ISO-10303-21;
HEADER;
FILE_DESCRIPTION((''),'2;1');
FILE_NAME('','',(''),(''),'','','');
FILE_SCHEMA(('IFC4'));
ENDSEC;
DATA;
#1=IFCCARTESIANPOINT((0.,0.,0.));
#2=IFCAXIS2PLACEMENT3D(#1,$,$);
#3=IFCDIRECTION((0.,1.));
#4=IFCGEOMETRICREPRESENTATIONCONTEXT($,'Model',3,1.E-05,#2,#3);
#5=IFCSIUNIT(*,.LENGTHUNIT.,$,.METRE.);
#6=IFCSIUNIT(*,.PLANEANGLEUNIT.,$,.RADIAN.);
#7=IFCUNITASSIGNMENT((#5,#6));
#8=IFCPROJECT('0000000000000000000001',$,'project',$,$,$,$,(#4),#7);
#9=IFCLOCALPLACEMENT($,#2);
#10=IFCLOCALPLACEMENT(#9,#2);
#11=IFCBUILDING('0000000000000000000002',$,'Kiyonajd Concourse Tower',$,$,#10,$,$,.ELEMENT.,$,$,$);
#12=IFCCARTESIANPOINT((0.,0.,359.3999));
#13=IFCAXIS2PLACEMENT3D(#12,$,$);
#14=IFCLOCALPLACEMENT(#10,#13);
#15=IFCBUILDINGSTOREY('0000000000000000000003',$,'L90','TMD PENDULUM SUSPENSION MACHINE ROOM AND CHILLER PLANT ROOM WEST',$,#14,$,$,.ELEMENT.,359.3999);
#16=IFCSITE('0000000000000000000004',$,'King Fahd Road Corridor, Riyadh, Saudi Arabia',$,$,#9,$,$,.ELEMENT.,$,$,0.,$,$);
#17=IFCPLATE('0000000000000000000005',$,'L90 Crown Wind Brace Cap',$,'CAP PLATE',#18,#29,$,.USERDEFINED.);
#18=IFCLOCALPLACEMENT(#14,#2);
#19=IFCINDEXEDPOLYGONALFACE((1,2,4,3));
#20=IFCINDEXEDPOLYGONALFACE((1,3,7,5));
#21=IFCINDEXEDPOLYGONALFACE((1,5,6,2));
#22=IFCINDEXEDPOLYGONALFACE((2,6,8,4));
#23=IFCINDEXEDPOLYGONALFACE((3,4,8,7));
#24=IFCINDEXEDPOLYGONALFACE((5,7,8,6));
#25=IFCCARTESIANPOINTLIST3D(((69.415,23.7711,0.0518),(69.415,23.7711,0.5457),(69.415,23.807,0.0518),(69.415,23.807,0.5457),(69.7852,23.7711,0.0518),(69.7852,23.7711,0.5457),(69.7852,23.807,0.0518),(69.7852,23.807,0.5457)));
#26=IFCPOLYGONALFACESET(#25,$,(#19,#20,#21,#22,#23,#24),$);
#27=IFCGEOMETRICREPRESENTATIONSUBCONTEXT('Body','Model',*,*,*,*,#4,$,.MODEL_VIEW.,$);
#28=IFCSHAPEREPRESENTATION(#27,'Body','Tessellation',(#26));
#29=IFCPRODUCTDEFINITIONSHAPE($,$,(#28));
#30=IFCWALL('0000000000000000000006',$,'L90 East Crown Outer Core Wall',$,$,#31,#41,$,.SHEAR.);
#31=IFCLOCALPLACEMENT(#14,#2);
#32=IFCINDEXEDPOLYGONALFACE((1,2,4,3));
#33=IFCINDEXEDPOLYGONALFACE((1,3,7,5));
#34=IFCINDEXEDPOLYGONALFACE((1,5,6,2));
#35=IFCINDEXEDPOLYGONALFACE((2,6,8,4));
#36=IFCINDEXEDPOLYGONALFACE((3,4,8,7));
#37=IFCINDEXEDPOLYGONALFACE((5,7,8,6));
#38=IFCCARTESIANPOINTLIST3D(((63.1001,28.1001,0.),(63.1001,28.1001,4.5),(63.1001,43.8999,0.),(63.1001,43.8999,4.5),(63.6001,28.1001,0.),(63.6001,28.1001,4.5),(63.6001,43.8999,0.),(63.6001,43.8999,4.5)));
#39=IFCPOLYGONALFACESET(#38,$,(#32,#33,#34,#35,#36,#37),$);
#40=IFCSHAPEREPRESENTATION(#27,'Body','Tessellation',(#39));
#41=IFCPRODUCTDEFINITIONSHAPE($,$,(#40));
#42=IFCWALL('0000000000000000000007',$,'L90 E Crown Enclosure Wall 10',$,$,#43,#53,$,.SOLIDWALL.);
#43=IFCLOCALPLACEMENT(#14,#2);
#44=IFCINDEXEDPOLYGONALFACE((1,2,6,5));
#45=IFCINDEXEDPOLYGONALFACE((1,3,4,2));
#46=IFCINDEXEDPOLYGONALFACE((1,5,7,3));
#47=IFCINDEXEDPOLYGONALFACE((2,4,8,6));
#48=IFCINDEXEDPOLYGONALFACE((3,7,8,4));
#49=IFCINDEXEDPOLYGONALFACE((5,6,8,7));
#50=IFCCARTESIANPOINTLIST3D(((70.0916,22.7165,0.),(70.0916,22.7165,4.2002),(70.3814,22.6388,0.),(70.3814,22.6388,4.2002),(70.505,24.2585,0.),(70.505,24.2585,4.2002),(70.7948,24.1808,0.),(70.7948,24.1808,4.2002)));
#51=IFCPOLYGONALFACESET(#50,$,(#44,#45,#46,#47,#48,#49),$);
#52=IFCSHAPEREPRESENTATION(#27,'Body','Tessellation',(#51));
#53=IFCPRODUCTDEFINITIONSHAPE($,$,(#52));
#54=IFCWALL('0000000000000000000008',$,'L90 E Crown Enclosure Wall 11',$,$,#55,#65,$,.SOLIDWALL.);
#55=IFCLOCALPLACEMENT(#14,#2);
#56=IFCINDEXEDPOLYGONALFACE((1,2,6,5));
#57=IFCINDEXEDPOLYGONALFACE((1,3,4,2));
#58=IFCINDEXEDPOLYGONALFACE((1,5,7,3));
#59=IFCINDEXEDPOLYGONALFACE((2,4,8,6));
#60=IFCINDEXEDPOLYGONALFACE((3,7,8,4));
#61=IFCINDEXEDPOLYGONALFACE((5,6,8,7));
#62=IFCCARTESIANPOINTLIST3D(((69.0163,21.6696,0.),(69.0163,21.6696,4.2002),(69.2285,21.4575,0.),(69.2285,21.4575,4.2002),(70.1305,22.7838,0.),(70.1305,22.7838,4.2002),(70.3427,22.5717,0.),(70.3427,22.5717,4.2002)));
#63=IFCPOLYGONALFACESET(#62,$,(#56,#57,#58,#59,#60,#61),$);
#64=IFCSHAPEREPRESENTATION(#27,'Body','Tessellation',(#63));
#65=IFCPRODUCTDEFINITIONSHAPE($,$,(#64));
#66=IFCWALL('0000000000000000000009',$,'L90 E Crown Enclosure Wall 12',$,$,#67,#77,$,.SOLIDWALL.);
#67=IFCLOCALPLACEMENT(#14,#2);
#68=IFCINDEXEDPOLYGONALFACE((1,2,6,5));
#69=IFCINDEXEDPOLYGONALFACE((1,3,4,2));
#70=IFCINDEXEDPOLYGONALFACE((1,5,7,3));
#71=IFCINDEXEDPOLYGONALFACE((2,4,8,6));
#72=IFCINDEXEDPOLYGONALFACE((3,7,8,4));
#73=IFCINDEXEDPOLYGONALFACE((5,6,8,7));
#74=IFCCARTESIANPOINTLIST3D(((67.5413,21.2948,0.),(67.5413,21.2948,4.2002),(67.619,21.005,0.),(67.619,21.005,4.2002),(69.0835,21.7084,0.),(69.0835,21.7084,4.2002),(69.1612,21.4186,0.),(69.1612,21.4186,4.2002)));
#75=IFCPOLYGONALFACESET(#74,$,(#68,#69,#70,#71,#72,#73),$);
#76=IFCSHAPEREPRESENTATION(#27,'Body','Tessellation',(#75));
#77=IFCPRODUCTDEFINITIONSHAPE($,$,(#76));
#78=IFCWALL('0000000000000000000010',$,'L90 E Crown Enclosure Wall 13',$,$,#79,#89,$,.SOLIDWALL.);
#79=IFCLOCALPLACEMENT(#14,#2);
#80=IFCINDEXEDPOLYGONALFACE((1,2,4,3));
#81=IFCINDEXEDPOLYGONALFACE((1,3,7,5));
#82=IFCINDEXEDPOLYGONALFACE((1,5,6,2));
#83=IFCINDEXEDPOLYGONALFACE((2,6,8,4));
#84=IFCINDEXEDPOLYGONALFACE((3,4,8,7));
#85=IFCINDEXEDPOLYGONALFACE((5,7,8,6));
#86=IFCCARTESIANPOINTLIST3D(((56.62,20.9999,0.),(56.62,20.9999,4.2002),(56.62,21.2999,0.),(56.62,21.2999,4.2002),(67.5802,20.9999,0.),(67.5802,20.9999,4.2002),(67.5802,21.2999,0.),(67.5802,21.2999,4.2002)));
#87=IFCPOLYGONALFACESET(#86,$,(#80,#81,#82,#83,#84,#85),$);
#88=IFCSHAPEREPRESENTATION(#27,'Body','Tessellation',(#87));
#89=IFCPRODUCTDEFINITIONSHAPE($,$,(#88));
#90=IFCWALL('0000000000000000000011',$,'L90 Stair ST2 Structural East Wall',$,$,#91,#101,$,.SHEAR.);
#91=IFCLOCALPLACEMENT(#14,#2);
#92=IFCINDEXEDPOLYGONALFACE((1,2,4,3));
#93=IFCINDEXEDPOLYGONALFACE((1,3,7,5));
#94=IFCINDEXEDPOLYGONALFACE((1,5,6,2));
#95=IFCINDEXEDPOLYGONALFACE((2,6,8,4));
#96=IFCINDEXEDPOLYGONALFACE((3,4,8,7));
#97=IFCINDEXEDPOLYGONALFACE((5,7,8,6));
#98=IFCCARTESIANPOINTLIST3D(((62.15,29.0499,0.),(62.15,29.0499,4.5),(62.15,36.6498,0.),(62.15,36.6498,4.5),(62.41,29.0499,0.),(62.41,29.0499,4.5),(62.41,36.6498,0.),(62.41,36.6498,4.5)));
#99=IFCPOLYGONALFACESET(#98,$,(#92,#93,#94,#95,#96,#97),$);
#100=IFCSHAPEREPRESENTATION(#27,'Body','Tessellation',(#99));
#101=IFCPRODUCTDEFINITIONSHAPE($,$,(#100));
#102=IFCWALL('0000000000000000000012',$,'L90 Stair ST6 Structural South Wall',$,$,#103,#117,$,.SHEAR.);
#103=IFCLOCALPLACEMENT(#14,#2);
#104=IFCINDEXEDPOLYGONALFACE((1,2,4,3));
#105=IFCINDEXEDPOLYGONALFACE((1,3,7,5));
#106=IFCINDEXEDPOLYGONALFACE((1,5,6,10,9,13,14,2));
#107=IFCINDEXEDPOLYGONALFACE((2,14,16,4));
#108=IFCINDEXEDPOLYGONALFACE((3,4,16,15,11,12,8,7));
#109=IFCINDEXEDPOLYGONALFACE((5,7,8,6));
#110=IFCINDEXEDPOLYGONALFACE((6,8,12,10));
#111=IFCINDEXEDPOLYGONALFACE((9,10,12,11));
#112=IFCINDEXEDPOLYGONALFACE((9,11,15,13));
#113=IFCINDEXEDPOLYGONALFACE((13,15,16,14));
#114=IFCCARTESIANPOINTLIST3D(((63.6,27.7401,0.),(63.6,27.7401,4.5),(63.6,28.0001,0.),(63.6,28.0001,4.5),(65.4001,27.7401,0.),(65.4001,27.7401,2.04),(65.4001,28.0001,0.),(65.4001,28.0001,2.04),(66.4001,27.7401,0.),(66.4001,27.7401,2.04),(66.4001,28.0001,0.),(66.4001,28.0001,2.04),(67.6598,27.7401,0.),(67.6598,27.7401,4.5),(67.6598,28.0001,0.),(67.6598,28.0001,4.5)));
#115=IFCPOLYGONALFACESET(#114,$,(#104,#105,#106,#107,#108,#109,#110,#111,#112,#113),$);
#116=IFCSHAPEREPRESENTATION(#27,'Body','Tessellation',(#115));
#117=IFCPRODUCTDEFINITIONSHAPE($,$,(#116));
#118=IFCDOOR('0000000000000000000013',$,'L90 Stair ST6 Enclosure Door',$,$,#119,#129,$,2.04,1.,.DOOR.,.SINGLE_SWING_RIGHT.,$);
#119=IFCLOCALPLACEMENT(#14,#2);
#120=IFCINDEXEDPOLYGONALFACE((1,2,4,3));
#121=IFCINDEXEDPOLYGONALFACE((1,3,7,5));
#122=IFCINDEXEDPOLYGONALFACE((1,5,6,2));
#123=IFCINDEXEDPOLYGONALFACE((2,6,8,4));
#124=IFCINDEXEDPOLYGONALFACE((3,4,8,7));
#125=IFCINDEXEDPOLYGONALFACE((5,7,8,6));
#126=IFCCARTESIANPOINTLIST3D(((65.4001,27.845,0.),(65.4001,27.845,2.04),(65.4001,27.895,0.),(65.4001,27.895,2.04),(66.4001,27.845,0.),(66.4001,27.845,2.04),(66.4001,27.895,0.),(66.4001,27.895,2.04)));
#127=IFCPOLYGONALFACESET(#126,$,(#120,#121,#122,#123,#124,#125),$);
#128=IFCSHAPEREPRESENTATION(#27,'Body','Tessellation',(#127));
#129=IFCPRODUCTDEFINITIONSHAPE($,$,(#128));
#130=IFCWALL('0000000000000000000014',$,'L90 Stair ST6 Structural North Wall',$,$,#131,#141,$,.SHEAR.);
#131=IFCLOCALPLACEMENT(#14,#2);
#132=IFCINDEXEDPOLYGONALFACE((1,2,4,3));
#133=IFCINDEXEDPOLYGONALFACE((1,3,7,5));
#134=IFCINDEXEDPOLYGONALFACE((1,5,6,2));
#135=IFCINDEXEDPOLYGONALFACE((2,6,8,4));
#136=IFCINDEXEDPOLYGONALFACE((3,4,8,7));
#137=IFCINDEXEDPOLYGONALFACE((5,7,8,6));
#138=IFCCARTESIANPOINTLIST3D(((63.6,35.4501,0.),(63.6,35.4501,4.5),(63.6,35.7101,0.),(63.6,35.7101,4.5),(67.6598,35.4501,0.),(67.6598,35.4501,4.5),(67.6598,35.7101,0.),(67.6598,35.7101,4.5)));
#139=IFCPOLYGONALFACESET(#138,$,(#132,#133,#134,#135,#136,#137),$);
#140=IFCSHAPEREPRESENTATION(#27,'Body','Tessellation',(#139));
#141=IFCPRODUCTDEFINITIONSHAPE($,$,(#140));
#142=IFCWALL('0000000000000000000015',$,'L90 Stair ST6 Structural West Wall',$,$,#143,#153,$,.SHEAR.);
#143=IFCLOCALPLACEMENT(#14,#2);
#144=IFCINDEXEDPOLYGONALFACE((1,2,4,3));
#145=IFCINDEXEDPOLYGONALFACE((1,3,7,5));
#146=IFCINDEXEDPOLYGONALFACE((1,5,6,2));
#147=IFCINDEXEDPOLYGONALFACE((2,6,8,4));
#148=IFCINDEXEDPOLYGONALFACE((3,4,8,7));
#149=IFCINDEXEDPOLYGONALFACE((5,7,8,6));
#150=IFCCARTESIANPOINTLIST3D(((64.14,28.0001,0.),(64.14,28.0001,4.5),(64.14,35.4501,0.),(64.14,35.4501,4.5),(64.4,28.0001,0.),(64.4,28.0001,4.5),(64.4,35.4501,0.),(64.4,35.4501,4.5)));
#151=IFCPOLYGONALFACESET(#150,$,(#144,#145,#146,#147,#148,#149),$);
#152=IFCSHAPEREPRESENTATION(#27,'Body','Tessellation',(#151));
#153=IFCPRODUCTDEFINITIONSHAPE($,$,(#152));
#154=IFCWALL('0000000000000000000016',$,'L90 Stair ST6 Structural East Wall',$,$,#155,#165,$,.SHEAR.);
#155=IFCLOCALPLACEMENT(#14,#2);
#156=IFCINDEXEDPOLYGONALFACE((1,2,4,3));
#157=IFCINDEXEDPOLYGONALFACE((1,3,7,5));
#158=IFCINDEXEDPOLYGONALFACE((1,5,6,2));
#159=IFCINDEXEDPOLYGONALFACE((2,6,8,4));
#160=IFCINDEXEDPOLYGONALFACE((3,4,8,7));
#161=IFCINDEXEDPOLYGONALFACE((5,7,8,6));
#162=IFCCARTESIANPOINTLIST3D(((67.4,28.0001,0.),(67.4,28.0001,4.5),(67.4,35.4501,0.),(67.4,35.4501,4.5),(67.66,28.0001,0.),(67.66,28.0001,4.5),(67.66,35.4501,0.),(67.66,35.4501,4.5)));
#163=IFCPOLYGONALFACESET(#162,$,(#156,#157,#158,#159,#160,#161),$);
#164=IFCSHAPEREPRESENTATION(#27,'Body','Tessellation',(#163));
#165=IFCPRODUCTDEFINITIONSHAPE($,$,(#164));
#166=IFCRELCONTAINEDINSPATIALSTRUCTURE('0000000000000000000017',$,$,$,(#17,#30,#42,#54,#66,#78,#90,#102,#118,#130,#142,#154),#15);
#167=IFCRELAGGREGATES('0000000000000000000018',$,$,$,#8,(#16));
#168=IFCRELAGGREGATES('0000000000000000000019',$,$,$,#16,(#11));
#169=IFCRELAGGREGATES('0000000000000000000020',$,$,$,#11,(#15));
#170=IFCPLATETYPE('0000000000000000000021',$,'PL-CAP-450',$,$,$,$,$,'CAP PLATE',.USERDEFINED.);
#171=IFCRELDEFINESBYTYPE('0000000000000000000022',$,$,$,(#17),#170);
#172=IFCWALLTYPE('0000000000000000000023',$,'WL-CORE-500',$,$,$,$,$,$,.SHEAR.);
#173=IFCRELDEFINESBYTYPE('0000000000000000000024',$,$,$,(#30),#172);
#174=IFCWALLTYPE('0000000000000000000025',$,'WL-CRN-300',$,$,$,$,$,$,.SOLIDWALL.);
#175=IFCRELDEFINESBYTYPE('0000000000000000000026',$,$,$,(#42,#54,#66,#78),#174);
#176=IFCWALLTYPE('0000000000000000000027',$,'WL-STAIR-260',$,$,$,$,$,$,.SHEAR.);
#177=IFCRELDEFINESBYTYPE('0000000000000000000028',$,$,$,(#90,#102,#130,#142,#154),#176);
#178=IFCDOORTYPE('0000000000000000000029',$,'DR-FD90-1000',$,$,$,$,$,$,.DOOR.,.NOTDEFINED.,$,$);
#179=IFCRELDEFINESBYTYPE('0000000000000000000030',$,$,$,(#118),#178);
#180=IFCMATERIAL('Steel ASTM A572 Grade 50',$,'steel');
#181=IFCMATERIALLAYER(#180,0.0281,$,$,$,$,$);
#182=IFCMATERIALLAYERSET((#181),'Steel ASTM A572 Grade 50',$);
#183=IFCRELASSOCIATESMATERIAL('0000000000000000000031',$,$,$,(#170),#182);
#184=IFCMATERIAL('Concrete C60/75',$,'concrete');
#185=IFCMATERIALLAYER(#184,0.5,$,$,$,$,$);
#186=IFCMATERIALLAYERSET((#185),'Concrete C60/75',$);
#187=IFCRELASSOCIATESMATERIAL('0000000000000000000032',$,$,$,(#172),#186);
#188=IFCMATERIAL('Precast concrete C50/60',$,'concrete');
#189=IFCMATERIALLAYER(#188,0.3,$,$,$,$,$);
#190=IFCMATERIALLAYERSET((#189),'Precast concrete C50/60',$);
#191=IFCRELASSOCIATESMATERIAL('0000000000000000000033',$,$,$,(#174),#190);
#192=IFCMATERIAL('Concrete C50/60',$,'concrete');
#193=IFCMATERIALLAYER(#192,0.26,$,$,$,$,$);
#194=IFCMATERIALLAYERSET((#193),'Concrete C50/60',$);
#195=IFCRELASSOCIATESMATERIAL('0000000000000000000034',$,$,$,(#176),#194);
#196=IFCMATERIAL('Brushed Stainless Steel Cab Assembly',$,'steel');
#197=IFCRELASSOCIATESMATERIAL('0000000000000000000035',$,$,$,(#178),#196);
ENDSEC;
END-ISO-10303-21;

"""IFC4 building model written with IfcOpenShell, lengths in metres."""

from ifc_helpers import new_model, si_unit, direction, frame, frame_2d, origin, origin_2d, place, context, subcontext, project, spatial, rectangle, extrude, material, layer, layer_set, type_object, element, fill, save


model = new_model("IFC4")

# Units and contexts
model_context = context("Model", 3, precision=1e-05, world=origin(), true_north=direction((0.0, 1.0)))
body_context = subcontext(model_context, "Body", "Model", "MODEL_VIEW")
ifc_project = project(units=[si_unit("LENGTHUNIT", "METRE"), si_unit("PLANEANGLEUNIT", "RADIAN")], contexts=[model_context])

# Site, building, storey
site_placement = place(None, origin())
site = spatial("IfcSite", under=ifc_project, at=site_placement, Name="King Fahd Road Corridor, Riyadh, Saudi Arabia", CompositionType="ELEMENT", RefElevation=0.0)
building_placement = place(site_placement, origin())
building = spatial("IfcBuilding", under=site, at=building_placement, Name="Kiyonajd Concourse Tower", CompositionType="ELEMENT")
storey_placement = place(building_placement, frame((0.0, 0.0, 359.3999)))
storey = spatial("IfcBuildingStorey", under=building, at=storey_placement, Name="L90", Description="TMD PENDULUM SUSPENSION MACHINE ROOM AND CHILLER PLANT ROOM WEST", CompositionType="ELEMENT", Elevation=359.3999)

# Shared definitions
ifc_material_1 = material(Name="Steel ASTM A572 Grade 50", Category="steel")

# Shared definitions
ifc_material_2 = material(Name="Concrete C50/60", Category="concrete")

# Plate
ifc_layer_1 = layer(ifc_material_1, 0.0281)
ifc_layer_set_1 = layer_set([ifc_layer_1], Name="Steel ASTM A572 Grade 50")
plate_type = type_object("IfcPlateType", Name="PL-CAP-450", ElementType="CAP PLATE", PredefinedType="USERDEFINED", material=ifc_layer_set_1)
plate_placement = place(storey_placement, frame((69.6001, 23.7891, 0.0518), z_axis=(0.0, 0.0, 1.0), x_axis=(0.0, -1.0, 0.0)))
element("IfcPlate", 1, at=plate_placement, inside=storey, type_object=plate_type, Name="L90 Crown Wind Brace Cap", ObjectType="CAP PLATE", PredefinedType="USERDEFINED", context=body_context, shape_type="SweptSolid", body=[
    extrude(rectangle(XDim=0.0359, YDim=0.3701, at=origin_2d()), origin(), (0.0, 0.0, 1.0), 0.4939),
])

# Walls
ifc_material_3 = material(Name="Concrete C60/75", Category="concrete")
ifc_layer_2 = layer(ifc_material_3, 0.5)
ifc_layer_set_2 = layer_set([ifc_layer_2], Name="Concrete C60/75")
wall_type_1 = type_object("IfcWallType", Name="WL-CORE-500", PredefinedType="SHEAR", material=ifc_layer_set_2)
wall_1_placement = place(storey_placement, frame((63.3501, 28.1001, 0.0), z_axis=(0.0, 0.0, 1.0), x_axis=(0.0, 1.0, 0.0)))
element("IfcWall", 2, at=wall_1_placement, inside=storey, type_object=wall_type_1, Name="L90 East Crown Outer Core Wall", PredefinedType="SHEAR", context=body_context, shape_type="SweptSolid", body=[
    extrude(rectangle(XDim=15.7998, YDim=0.5, at=frame_2d((7.8999, 0.0))), origin(), (0.0, 0.0, 1.0), 4.5),
])
ifc_material_4 = material(Name="Precast concrete C50/60", Category="concrete")
ifc_layer_3 = layer(ifc_material_4, 0.3)
ifc_layer_set_3 = layer_set([ifc_layer_3], Name="Precast concrete C50/60")
wall_type_2 = type_object("IfcWallType", Name="WL-CRN-300", PredefinedType="SOLIDWALL", material=ifc_layer_set_3)
wall_2_placement = place(storey_placement, frame((70.6499, 24.2197, 0.0), z_axis=(0.0, 0.0, 1.0), x_axis=(-0.258909, -0.965902, 0.0)))
element("IfcWall", 3, at=wall_2_placement, inside=storey, type_object=wall_type_2, Name="L90 E Crown Enclosure Wall 10", PredefinedType="SOLIDWALL", context=body_context, shape_type="SweptSolid", body=[
    extrude(rectangle(XDim=1.5964, YDim=0.3, at=frame_2d((0.7983, 0.0))), origin(), (0.0, 0.0, 1.0), 4.2002),
])
wall_3_placement = place(storey_placement, frame((70.2366, 22.6777, 0.0), z_axis=(0.0, 0.0, 1.0), x_axis=(-0.707107, -0.707107, 0.0)))
element("IfcWall", 4, at=wall_3_placement, inside=storey, type_object=wall_type_2, Name="L90 E Crown Enclosure Wall 11", PredefinedType="SOLIDWALL", context=body_context, shape_type="SweptSolid", body=[
    extrude(rectangle(XDim=1.5757, YDim=0.3, at=frame_2d((0.7878, 0.0))), origin(), (0.0, 0.0, 1.0), 4.2002),
])
wall_4_placement = place(storey_placement, frame((69.1223, 21.5635, 0.0), z_axis=(0.0, 0.0, 1.0), x_axis=(-0.965874, -0.259014, 0.0)))
element("IfcWall", 5, at=wall_4_placement, inside=storey, type_object=wall_type_2, Name="L90 E Crown Enclosure Wall 12", PredefinedType="SOLIDWALL", context=body_context, shape_type="SweptSolid", body=[
    extrude(rectangle(XDim=1.5967, YDim=0.3, at=frame_2d((0.7983, 0.0))), origin(), (0.0, 0.0, 1.0), 4.2002),
])
wall_5_placement = place(storey_placement, frame((67.5801, 21.1499, 0.0), z_axis=(0.0, 0.0, 1.0), x_axis=(-1.0, 0.0, 0.0)))
element("IfcWall", 6, at=wall_5_placement, inside=storey, type_object=wall_type_2, Name="L90 E Crown Enclosure Wall 13", PredefinedType="SOLIDWALL", context=body_context, shape_type="SweptSolid", body=[
    extrude(rectangle(XDim=10.9602, YDim=0.3, at=frame_2d((5.48, 0.0))), origin(), (0.0, 0.0, 1.0), 4.2002),
])
ifc_layer_4 = layer(ifc_material_2, 0.26)
ifc_layer_set_4 = layer_set([ifc_layer_4], Name="Concrete C50/60")
wall_type_3 = type_object("IfcWallType", Name="WL-STAIR-260", PredefinedType="SHEAR", material=ifc_layer_set_4)
wall_6_placement = place(storey_placement, frame((62.28, 29.05, 0.0), z_axis=(0.0, 0.0, 1.0), x_axis=(0.0, 1.0, 0.0)))
element("IfcWall", 7, at=wall_6_placement, inside=storey, type_object=wall_type_3, Name="L90 Stair ST2 Structural East Wall", PredefinedType="SHEAR", context=body_context, shape_type="SweptSolid", body=[
    extrude(rectangle(XDim=7.5999, YDim=0.26, at=frame_2d((3.7998, 0.0))), origin(), (0.0, 0.0, 1.0), 4.5),
])

# Wall, opening, door
wall_7_placement = place(storey_placement, frame((63.6001, 27.8701, 0.0), z_axis=(0.0, 0.0, 1.0), x_axis=(1.0, 0.0, 0.0)))
wall_7 = element("IfcWall", 8, at=wall_7_placement, inside=storey, type_object=wall_type_3, Name="L90 Stair ST6 Structural South Wall", PredefinedType="SHEAR", context=body_context, shape_type="SweptSolid", body=[
    extrude(rectangle(XDim=4.0598, YDim=0.26, at=frame_2d((2.0298, 0.0))), origin(), (0.0, 0.0, 1.0), 4.5),
])
opening_placement = place(wall_7_placement, frame((1.8, 0.0, 0.0)))
opening = element("IfcOpeningElement", 9, at=opening_placement, cuts=wall_7, PredefinedType="OPENING", context=body_context, shape_type="SweptSolid", body=[
    extrude(rectangle(XDim=1.0, YDim=2.04, at=frame_2d((0.5, 1.02))), frame((0.0, 0.1399, 0.0), z_axis=(0.0, -1.0, 0.0), x_axis=(1.0, 0.0, 0.0)), (0.0, 0.0, 1.0), 0.28),
])
ifc_material_5 = material(Name="Brushed Stainless Steel Cab Assembly", Category="steel")
door_type = type_object("IfcDoorType", Name="DR-FD90-1000", OperationType="NOTDEFINED", PredefinedType="DOOR", material=ifc_material_5)
door_placement = place(opening_placement, origin())
door = element("IfcDoor", 10, at=door_placement, inside=storey, type_object=door_type, Name="L90 Stair ST6 Enclosure Door", OperationType="SINGLE_SWING_RIGHT", OverallHeight=2.04, OverallWidth=1.0, PredefinedType="DOOR", context=body_context, shape_type="SweptSolid", body=[
    extrude(rectangle(XDim=1.0, YDim=2.04, at=frame_2d((0.5, 1.02))), frame((0.0, 0.0249, 0.0), z_axis=(0.0, -1.0, 0.0), x_axis=(1.0, 0.0, 0.0)), (0.0, 0.0, 1.0), 0.05),
])
fill(opening, door)

# Walls
wall_8_placement = place(storey_placement, frame((63.6001, 35.5801, 0.0), z_axis=(0.0, 0.0, 1.0), x_axis=(1.0, 0.0, 0.0)))
element("IfcWall", 11, at=wall_8_placement, inside=storey, type_object=wall_type_3, Name="L90 Stair ST6 Structural North Wall", PredefinedType="SHEAR", context=body_context, shape_type="SweptSolid", body=[
    extrude(rectangle(XDim=4.0598, YDim=0.26, at=frame_2d((2.0298, 0.0))), origin(), (0.0, 0.0, 1.0), 4.5),
])
for number, where, z_axis, x_axis, name in (
    (12, (64.27, 28.0, 0.0), (0.0, 0.0, 1.0), (0.0, 1.0, 0.0), "L90 Stair ST6 Structural West Wall"),
    (13, (67.53, 28.0, 0.0), (0.0, 0.0, 1.0), (0.0, 1.0, 0.0), "L90 Stair ST6 Structural East Wall"),
):
    element("IfcWall", number, at=place(storey_placement, frame(where, z_axis=z_axis, x_axis=x_axis)), inside=storey, type_object=wall_type_3, Name=name, PredefinedType="SHEAR", context=body_context, shape_type="SweptSolid", body=[
        extrude(rectangle(XDim=7.45, YDim=0.26, at=frame_2d((3.7251, 0.0))), origin(), (0.0, 0.0, 1.0), 4.5),
    ])

save(model, "model.ifc")
